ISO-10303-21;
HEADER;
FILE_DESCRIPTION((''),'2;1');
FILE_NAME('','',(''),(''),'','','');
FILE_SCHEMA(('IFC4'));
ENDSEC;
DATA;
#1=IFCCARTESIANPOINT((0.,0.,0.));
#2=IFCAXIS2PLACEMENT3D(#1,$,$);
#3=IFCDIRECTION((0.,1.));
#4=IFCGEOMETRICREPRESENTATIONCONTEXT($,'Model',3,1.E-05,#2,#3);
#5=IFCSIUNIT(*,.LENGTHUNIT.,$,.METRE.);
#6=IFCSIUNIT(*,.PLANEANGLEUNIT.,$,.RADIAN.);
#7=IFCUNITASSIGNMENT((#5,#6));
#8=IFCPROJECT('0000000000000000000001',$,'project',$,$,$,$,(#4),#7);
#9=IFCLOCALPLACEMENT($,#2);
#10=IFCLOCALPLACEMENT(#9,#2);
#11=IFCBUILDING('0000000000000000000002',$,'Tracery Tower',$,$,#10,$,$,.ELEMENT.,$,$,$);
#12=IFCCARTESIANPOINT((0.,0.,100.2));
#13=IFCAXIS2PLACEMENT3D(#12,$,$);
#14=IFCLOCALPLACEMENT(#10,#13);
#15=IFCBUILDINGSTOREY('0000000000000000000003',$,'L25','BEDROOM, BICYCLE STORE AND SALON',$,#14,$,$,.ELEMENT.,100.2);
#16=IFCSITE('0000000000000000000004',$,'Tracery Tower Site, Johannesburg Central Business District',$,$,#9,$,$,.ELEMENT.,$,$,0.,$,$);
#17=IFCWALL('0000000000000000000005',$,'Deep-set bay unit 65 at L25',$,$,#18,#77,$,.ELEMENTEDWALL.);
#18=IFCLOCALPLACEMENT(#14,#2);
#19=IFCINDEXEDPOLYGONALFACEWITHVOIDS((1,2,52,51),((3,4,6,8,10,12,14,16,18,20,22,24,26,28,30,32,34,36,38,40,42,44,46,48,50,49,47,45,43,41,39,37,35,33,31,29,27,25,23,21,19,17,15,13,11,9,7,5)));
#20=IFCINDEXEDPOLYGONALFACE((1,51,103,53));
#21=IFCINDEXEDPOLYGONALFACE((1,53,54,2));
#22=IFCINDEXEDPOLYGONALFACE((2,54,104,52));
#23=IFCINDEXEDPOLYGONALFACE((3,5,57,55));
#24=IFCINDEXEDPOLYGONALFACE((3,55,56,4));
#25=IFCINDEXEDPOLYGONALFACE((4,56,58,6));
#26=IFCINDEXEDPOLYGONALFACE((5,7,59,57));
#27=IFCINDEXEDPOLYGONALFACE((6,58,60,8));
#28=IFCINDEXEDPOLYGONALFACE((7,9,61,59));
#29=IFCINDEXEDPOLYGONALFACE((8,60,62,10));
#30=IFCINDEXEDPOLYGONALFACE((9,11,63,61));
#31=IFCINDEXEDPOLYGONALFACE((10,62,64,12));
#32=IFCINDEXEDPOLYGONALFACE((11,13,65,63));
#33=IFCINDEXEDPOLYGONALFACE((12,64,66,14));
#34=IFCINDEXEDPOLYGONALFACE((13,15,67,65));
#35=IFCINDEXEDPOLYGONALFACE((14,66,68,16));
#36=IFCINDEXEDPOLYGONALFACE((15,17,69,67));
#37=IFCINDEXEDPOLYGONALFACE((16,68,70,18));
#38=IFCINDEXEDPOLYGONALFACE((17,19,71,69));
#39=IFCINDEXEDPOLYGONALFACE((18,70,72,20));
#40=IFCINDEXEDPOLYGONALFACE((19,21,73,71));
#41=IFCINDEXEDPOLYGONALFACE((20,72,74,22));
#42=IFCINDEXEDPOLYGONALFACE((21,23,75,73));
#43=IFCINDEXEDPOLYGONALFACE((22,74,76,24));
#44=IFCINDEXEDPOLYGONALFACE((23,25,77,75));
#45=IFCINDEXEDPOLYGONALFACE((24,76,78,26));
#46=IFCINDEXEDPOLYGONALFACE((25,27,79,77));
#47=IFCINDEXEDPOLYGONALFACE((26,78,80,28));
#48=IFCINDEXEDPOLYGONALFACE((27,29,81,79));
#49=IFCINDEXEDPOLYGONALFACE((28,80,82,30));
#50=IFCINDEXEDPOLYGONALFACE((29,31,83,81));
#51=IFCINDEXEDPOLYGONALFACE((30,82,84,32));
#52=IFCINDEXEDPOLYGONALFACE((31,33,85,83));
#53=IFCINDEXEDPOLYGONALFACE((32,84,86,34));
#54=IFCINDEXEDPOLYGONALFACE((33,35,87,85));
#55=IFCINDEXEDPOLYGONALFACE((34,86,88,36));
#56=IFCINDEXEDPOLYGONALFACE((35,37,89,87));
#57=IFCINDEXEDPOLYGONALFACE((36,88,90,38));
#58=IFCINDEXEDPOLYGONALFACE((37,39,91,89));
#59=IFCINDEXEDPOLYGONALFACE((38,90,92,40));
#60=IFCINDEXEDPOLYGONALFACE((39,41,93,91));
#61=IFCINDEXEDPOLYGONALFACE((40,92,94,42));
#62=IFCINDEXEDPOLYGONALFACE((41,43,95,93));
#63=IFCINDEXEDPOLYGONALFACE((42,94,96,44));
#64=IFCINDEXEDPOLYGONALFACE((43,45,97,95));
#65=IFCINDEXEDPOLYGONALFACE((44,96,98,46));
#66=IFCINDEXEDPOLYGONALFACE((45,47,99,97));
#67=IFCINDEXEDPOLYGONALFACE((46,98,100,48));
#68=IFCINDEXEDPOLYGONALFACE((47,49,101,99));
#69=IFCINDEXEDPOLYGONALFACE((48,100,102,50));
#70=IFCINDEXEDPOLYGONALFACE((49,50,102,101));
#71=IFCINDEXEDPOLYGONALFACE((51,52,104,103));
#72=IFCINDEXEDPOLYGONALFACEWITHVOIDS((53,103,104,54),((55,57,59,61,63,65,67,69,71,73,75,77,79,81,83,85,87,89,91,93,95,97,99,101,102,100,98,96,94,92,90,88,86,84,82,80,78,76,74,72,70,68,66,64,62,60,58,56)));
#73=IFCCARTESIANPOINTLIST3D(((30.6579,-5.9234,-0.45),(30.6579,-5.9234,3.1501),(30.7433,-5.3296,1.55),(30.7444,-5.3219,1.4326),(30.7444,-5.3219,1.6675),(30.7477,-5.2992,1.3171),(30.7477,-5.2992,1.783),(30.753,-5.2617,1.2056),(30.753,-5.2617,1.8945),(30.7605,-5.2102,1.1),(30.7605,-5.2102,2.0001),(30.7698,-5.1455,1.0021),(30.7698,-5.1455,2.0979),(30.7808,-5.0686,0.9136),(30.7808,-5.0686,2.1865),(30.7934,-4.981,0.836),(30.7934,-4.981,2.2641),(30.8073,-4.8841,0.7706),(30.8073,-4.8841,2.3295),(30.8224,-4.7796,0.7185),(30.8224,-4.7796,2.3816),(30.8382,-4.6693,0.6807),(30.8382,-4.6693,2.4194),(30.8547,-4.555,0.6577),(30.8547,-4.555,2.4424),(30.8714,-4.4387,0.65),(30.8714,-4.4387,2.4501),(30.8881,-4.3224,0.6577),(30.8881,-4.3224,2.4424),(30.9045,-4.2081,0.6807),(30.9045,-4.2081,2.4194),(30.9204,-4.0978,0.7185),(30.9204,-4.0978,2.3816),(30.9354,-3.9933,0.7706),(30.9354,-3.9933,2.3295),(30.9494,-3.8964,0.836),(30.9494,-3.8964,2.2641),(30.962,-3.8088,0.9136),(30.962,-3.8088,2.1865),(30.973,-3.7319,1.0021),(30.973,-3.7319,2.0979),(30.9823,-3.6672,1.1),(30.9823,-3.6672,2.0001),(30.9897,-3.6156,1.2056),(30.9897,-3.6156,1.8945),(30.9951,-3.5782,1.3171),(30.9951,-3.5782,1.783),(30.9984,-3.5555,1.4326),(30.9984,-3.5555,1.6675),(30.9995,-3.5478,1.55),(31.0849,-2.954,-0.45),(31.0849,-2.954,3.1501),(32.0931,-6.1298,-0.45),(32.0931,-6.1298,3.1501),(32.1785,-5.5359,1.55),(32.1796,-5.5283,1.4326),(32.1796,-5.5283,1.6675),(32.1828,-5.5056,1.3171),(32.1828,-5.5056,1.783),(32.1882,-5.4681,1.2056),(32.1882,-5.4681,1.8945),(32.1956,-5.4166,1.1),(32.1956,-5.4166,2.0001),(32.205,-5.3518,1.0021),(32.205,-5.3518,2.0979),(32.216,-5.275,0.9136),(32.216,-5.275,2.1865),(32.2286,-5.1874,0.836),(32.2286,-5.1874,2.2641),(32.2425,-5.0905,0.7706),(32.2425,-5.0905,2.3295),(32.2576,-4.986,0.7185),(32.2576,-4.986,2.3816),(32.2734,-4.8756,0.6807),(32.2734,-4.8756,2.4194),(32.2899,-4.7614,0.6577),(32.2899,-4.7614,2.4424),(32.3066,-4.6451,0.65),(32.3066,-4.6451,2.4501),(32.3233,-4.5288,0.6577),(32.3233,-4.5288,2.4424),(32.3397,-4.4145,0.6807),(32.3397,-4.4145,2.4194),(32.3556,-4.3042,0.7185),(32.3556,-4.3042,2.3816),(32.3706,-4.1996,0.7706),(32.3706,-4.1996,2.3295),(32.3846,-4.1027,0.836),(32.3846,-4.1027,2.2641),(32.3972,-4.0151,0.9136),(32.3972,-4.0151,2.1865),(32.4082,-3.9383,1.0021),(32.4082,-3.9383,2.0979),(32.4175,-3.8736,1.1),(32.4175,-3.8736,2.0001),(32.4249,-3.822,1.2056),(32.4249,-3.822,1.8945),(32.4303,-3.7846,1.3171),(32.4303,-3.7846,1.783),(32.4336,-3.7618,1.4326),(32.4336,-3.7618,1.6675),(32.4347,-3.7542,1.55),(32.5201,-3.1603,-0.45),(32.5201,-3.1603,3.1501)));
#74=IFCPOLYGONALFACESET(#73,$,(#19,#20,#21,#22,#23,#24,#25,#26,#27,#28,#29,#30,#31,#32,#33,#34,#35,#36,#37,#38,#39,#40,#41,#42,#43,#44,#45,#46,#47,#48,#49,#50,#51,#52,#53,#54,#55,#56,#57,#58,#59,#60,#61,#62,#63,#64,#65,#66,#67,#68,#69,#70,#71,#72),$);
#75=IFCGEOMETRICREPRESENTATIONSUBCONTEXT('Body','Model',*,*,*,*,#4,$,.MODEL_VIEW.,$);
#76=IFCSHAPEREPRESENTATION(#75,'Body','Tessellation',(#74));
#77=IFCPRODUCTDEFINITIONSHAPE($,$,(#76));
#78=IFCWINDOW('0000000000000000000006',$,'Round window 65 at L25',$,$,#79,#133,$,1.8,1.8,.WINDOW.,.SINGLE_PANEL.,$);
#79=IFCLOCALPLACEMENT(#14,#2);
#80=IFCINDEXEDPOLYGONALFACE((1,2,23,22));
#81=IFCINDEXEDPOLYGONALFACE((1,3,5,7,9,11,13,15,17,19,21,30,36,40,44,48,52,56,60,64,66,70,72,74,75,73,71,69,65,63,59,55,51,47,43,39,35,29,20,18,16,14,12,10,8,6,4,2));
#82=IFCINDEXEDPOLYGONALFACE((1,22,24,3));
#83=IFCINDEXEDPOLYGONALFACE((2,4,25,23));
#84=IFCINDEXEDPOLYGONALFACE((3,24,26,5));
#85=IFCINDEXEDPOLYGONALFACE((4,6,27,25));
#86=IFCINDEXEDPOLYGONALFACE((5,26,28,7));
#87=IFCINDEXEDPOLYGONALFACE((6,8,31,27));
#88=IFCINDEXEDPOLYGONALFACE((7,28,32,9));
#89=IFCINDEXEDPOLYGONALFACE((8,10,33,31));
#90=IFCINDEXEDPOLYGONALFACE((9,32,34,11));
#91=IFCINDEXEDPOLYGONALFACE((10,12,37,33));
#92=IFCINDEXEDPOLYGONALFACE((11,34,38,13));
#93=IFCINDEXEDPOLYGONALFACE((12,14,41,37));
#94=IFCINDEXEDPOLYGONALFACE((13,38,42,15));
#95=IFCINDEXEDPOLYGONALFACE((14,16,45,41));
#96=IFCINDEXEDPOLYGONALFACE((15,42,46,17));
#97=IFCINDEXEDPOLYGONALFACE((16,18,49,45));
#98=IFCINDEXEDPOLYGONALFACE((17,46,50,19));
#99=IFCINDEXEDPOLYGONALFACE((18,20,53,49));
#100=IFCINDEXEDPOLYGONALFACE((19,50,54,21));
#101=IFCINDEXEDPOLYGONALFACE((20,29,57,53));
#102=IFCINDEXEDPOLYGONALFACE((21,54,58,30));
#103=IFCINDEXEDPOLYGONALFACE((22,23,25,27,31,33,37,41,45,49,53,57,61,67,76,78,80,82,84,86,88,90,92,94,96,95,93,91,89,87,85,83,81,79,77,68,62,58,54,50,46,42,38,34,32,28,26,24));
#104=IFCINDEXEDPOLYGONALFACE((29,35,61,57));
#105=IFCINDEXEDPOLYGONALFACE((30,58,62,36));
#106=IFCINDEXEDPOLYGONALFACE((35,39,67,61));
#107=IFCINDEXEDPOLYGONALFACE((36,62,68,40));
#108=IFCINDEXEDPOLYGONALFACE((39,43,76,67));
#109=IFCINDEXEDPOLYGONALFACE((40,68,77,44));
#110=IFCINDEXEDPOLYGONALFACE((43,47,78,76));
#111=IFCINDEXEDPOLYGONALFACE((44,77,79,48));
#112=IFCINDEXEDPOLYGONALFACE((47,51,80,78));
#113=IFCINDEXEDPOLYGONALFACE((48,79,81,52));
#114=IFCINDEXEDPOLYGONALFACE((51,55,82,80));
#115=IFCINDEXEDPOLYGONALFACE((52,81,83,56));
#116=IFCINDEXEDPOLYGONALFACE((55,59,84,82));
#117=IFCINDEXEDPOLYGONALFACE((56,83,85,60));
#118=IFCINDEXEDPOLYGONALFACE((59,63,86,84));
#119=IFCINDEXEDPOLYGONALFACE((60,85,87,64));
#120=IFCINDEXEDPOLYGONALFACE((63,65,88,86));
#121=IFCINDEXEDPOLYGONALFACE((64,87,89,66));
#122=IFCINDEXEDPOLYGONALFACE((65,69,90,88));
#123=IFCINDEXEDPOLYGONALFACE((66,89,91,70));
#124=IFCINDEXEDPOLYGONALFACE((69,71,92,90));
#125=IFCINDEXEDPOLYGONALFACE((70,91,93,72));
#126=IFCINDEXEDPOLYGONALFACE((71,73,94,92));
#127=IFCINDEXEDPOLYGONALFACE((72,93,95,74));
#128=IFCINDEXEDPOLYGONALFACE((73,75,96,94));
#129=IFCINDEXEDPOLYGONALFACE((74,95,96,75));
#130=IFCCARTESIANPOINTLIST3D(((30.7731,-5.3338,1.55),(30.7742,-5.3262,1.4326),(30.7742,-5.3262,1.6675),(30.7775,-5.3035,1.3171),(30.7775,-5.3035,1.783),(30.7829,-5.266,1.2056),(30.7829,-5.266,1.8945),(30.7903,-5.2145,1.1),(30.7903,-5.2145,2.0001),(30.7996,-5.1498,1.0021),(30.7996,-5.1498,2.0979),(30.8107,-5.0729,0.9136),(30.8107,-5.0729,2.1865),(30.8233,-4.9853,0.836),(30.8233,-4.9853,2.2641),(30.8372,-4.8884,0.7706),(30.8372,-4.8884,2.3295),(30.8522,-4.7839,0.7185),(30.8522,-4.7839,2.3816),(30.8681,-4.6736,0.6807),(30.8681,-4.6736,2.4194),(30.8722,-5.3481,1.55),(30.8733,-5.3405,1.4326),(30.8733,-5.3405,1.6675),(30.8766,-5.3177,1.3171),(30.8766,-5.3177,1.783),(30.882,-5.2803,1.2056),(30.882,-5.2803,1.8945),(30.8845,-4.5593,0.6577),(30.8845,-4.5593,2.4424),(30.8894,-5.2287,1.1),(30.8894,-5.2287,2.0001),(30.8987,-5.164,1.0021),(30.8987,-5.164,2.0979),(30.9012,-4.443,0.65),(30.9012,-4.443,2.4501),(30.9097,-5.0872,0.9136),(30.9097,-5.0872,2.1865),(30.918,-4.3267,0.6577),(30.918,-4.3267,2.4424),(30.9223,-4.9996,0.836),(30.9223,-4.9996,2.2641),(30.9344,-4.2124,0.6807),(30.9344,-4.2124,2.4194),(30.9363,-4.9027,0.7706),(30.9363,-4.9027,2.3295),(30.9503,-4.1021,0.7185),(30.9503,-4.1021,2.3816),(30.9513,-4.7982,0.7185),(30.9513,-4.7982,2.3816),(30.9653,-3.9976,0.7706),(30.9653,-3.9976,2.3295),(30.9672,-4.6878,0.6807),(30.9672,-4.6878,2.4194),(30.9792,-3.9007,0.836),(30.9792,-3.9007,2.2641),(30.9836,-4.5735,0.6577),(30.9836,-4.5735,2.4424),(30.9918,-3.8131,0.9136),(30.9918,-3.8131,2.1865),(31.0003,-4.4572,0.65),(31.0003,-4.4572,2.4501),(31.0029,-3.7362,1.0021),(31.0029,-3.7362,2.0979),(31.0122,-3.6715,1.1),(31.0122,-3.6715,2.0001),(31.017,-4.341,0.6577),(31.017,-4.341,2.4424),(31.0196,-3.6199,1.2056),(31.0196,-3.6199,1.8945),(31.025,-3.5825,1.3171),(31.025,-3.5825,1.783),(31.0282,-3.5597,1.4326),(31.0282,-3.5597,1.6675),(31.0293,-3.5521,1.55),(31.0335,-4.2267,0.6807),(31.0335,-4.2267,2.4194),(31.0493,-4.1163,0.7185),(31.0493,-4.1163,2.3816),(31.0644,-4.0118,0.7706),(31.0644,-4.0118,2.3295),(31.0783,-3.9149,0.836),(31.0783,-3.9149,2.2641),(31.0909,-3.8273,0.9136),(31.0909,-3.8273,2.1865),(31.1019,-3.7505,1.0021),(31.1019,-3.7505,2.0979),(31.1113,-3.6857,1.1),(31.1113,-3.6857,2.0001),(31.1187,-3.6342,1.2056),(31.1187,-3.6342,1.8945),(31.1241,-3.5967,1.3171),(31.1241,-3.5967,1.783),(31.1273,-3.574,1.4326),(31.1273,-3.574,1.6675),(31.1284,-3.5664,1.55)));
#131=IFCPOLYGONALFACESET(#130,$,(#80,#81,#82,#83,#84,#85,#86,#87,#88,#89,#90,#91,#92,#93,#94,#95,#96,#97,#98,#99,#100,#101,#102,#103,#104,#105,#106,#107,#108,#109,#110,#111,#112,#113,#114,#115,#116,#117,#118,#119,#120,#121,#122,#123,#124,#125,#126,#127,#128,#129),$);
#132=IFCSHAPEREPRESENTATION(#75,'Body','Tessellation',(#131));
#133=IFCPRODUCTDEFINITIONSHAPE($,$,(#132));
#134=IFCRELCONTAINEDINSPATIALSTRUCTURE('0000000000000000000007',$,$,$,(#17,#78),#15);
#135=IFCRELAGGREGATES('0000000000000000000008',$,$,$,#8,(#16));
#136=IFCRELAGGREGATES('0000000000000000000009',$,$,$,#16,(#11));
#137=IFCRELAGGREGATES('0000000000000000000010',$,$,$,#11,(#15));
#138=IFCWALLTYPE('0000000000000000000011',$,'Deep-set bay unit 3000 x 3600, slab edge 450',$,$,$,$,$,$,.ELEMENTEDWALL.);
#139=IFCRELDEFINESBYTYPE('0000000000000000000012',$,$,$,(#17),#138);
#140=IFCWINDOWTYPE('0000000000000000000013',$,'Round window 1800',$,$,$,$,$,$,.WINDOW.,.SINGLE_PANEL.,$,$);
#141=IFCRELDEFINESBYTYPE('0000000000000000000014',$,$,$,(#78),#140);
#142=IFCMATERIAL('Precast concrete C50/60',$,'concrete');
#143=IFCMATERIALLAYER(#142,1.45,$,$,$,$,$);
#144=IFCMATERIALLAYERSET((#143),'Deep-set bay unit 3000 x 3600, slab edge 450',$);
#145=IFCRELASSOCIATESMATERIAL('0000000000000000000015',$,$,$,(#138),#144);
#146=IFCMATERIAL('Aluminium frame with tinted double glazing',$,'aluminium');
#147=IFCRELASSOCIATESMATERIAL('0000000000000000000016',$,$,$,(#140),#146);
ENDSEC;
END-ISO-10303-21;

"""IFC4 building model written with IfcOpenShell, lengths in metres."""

from ifc_helpers import new_model, si_unit, direction, frame, frame_2d, origin, origin_2d, place, context, subcontext, project, spatial, rectangle, circle, extrude, material, layer, layer_set, type_object, element, fill, save


model = new_model("IFC4")

# Units and contexts
model_context = context("Model", 3, precision=1e-05, world=origin(), true_north=direction((0.0, 1.0)))
body_context = subcontext(model_context, "Body", "Model", "MODEL_VIEW")
ifc_project = project(units=[si_unit("LENGTHUNIT", "METRE"), si_unit("PLANEANGLEUNIT", "RADIAN")], contexts=[model_context])

# Site, building, storey
site_placement = place(None, origin())
site = spatial("IfcSite", under=ifc_project, at=site_placement, Name="Tracery Tower Site, Johannesburg Central Business District", CompositionType="ELEMENT", RefElevation=0.0)
building_placement = place(site_placement, origin())
building = spatial("IfcBuilding", under=site, at=building_placement, Name="Tracery Tower", CompositionType="ELEMENT")
storey_placement = place(building_placement, frame((0.0, 0.0, 100.2)))
storey = spatial("IfcBuildingStorey", under=building, at=storey_placement, Name="L25", Description="BEDROOM, BICYCLE STORE AND SALON", CompositionType="ELEMENT", Elevation=100.2)

# Wall, opening, window
ifc_material_1 = material(Name="Precast concrete C50/60", Category="concrete")
ifc_layer_1 = layer(ifc_material_1, 1.45)
ifc_layer_set_1 = layer_set([ifc_layer_1], Name="Deep-set bay unit 3000 x 3600, slab edge 450")
wall_type_1 = type_object("IfcWallType", Name="Deep-set bay unit 3000 x 3600, slab edge 450", PredefinedType="ELEMENTEDWALL", material=ifc_layer_set_1)
ifc_material_2 = material(Name="Aluminium frame with tinted double glazing", Category="aluminium")
window_type = type_object("IfcWindowType", Name="Round window 1800", PartitioningType="SINGLE_PANEL", PredefinedType="WINDOW", material=ifc_material_2)
wall_1_placement = place(storey_placement, frame((31.3755, -6.0266, -0.45), z_axis=(0.0, 0.0, 1.0), x_axis=(0.142333, 0.989819, 0.0)))
wall_1 = element("IfcWall", 1, at=wall_1_placement, inside=storey, type_object=wall_type_1, Name="Deep-set bay unit 65 at L25", PredefinedType="ELEMENTEDWALL", context=body_context, shape_type="SweptSolid", body=[
    extrude(rectangle(XDim=3.0, YDim=1.45, at=frame_2d((1.5, 0.0))), origin(), (0.0, 0.0, 1.0), 3.6001),
])
opening_1_placement = place(wall_1_placement, frame((1.5, 0.0, 2.0)))
opening_1 = element("IfcOpeningElement", 2, at=opening_1_placement, cuts=wall_1, PredefinedType="OPENING", context=body_context, shape_type="SweptSolid", body=[
    extrude(circle(Radius=0.9, at=origin_2d()), frame((0.0, 0.7349, 0.0), z_axis=(0.0, -1.0, 0.0), x_axis=(1.0, 0.0, 0.0)), (0.0, 0.0, 1.0), 1.47),
])
window_1_placement = place(opening_1_placement, origin())
window_1 = element("IfcWindow", 3, at=window_1_placement, inside=storey, type_object=window_type, Name="Round window 65 at L25", OverallHeight=1.8, OverallWidth=1.8, PartitioningType="SINGLE_PANEL", PredefinedType="WINDOW", context=body_context, shape_type="SweptSolid", body=[
    extrude(circle(Radius=0.9, at=origin_2d()), frame((0.0, 0.6948, 0.0), z_axis=(0.0, -1.0, 0.0), x_axis=(1.0, 0.0, 0.0)), (0.0, 0.0, 1.0), 0.1001),
])
fill(opening_1, window_1)

save(model, "model.ifc")
